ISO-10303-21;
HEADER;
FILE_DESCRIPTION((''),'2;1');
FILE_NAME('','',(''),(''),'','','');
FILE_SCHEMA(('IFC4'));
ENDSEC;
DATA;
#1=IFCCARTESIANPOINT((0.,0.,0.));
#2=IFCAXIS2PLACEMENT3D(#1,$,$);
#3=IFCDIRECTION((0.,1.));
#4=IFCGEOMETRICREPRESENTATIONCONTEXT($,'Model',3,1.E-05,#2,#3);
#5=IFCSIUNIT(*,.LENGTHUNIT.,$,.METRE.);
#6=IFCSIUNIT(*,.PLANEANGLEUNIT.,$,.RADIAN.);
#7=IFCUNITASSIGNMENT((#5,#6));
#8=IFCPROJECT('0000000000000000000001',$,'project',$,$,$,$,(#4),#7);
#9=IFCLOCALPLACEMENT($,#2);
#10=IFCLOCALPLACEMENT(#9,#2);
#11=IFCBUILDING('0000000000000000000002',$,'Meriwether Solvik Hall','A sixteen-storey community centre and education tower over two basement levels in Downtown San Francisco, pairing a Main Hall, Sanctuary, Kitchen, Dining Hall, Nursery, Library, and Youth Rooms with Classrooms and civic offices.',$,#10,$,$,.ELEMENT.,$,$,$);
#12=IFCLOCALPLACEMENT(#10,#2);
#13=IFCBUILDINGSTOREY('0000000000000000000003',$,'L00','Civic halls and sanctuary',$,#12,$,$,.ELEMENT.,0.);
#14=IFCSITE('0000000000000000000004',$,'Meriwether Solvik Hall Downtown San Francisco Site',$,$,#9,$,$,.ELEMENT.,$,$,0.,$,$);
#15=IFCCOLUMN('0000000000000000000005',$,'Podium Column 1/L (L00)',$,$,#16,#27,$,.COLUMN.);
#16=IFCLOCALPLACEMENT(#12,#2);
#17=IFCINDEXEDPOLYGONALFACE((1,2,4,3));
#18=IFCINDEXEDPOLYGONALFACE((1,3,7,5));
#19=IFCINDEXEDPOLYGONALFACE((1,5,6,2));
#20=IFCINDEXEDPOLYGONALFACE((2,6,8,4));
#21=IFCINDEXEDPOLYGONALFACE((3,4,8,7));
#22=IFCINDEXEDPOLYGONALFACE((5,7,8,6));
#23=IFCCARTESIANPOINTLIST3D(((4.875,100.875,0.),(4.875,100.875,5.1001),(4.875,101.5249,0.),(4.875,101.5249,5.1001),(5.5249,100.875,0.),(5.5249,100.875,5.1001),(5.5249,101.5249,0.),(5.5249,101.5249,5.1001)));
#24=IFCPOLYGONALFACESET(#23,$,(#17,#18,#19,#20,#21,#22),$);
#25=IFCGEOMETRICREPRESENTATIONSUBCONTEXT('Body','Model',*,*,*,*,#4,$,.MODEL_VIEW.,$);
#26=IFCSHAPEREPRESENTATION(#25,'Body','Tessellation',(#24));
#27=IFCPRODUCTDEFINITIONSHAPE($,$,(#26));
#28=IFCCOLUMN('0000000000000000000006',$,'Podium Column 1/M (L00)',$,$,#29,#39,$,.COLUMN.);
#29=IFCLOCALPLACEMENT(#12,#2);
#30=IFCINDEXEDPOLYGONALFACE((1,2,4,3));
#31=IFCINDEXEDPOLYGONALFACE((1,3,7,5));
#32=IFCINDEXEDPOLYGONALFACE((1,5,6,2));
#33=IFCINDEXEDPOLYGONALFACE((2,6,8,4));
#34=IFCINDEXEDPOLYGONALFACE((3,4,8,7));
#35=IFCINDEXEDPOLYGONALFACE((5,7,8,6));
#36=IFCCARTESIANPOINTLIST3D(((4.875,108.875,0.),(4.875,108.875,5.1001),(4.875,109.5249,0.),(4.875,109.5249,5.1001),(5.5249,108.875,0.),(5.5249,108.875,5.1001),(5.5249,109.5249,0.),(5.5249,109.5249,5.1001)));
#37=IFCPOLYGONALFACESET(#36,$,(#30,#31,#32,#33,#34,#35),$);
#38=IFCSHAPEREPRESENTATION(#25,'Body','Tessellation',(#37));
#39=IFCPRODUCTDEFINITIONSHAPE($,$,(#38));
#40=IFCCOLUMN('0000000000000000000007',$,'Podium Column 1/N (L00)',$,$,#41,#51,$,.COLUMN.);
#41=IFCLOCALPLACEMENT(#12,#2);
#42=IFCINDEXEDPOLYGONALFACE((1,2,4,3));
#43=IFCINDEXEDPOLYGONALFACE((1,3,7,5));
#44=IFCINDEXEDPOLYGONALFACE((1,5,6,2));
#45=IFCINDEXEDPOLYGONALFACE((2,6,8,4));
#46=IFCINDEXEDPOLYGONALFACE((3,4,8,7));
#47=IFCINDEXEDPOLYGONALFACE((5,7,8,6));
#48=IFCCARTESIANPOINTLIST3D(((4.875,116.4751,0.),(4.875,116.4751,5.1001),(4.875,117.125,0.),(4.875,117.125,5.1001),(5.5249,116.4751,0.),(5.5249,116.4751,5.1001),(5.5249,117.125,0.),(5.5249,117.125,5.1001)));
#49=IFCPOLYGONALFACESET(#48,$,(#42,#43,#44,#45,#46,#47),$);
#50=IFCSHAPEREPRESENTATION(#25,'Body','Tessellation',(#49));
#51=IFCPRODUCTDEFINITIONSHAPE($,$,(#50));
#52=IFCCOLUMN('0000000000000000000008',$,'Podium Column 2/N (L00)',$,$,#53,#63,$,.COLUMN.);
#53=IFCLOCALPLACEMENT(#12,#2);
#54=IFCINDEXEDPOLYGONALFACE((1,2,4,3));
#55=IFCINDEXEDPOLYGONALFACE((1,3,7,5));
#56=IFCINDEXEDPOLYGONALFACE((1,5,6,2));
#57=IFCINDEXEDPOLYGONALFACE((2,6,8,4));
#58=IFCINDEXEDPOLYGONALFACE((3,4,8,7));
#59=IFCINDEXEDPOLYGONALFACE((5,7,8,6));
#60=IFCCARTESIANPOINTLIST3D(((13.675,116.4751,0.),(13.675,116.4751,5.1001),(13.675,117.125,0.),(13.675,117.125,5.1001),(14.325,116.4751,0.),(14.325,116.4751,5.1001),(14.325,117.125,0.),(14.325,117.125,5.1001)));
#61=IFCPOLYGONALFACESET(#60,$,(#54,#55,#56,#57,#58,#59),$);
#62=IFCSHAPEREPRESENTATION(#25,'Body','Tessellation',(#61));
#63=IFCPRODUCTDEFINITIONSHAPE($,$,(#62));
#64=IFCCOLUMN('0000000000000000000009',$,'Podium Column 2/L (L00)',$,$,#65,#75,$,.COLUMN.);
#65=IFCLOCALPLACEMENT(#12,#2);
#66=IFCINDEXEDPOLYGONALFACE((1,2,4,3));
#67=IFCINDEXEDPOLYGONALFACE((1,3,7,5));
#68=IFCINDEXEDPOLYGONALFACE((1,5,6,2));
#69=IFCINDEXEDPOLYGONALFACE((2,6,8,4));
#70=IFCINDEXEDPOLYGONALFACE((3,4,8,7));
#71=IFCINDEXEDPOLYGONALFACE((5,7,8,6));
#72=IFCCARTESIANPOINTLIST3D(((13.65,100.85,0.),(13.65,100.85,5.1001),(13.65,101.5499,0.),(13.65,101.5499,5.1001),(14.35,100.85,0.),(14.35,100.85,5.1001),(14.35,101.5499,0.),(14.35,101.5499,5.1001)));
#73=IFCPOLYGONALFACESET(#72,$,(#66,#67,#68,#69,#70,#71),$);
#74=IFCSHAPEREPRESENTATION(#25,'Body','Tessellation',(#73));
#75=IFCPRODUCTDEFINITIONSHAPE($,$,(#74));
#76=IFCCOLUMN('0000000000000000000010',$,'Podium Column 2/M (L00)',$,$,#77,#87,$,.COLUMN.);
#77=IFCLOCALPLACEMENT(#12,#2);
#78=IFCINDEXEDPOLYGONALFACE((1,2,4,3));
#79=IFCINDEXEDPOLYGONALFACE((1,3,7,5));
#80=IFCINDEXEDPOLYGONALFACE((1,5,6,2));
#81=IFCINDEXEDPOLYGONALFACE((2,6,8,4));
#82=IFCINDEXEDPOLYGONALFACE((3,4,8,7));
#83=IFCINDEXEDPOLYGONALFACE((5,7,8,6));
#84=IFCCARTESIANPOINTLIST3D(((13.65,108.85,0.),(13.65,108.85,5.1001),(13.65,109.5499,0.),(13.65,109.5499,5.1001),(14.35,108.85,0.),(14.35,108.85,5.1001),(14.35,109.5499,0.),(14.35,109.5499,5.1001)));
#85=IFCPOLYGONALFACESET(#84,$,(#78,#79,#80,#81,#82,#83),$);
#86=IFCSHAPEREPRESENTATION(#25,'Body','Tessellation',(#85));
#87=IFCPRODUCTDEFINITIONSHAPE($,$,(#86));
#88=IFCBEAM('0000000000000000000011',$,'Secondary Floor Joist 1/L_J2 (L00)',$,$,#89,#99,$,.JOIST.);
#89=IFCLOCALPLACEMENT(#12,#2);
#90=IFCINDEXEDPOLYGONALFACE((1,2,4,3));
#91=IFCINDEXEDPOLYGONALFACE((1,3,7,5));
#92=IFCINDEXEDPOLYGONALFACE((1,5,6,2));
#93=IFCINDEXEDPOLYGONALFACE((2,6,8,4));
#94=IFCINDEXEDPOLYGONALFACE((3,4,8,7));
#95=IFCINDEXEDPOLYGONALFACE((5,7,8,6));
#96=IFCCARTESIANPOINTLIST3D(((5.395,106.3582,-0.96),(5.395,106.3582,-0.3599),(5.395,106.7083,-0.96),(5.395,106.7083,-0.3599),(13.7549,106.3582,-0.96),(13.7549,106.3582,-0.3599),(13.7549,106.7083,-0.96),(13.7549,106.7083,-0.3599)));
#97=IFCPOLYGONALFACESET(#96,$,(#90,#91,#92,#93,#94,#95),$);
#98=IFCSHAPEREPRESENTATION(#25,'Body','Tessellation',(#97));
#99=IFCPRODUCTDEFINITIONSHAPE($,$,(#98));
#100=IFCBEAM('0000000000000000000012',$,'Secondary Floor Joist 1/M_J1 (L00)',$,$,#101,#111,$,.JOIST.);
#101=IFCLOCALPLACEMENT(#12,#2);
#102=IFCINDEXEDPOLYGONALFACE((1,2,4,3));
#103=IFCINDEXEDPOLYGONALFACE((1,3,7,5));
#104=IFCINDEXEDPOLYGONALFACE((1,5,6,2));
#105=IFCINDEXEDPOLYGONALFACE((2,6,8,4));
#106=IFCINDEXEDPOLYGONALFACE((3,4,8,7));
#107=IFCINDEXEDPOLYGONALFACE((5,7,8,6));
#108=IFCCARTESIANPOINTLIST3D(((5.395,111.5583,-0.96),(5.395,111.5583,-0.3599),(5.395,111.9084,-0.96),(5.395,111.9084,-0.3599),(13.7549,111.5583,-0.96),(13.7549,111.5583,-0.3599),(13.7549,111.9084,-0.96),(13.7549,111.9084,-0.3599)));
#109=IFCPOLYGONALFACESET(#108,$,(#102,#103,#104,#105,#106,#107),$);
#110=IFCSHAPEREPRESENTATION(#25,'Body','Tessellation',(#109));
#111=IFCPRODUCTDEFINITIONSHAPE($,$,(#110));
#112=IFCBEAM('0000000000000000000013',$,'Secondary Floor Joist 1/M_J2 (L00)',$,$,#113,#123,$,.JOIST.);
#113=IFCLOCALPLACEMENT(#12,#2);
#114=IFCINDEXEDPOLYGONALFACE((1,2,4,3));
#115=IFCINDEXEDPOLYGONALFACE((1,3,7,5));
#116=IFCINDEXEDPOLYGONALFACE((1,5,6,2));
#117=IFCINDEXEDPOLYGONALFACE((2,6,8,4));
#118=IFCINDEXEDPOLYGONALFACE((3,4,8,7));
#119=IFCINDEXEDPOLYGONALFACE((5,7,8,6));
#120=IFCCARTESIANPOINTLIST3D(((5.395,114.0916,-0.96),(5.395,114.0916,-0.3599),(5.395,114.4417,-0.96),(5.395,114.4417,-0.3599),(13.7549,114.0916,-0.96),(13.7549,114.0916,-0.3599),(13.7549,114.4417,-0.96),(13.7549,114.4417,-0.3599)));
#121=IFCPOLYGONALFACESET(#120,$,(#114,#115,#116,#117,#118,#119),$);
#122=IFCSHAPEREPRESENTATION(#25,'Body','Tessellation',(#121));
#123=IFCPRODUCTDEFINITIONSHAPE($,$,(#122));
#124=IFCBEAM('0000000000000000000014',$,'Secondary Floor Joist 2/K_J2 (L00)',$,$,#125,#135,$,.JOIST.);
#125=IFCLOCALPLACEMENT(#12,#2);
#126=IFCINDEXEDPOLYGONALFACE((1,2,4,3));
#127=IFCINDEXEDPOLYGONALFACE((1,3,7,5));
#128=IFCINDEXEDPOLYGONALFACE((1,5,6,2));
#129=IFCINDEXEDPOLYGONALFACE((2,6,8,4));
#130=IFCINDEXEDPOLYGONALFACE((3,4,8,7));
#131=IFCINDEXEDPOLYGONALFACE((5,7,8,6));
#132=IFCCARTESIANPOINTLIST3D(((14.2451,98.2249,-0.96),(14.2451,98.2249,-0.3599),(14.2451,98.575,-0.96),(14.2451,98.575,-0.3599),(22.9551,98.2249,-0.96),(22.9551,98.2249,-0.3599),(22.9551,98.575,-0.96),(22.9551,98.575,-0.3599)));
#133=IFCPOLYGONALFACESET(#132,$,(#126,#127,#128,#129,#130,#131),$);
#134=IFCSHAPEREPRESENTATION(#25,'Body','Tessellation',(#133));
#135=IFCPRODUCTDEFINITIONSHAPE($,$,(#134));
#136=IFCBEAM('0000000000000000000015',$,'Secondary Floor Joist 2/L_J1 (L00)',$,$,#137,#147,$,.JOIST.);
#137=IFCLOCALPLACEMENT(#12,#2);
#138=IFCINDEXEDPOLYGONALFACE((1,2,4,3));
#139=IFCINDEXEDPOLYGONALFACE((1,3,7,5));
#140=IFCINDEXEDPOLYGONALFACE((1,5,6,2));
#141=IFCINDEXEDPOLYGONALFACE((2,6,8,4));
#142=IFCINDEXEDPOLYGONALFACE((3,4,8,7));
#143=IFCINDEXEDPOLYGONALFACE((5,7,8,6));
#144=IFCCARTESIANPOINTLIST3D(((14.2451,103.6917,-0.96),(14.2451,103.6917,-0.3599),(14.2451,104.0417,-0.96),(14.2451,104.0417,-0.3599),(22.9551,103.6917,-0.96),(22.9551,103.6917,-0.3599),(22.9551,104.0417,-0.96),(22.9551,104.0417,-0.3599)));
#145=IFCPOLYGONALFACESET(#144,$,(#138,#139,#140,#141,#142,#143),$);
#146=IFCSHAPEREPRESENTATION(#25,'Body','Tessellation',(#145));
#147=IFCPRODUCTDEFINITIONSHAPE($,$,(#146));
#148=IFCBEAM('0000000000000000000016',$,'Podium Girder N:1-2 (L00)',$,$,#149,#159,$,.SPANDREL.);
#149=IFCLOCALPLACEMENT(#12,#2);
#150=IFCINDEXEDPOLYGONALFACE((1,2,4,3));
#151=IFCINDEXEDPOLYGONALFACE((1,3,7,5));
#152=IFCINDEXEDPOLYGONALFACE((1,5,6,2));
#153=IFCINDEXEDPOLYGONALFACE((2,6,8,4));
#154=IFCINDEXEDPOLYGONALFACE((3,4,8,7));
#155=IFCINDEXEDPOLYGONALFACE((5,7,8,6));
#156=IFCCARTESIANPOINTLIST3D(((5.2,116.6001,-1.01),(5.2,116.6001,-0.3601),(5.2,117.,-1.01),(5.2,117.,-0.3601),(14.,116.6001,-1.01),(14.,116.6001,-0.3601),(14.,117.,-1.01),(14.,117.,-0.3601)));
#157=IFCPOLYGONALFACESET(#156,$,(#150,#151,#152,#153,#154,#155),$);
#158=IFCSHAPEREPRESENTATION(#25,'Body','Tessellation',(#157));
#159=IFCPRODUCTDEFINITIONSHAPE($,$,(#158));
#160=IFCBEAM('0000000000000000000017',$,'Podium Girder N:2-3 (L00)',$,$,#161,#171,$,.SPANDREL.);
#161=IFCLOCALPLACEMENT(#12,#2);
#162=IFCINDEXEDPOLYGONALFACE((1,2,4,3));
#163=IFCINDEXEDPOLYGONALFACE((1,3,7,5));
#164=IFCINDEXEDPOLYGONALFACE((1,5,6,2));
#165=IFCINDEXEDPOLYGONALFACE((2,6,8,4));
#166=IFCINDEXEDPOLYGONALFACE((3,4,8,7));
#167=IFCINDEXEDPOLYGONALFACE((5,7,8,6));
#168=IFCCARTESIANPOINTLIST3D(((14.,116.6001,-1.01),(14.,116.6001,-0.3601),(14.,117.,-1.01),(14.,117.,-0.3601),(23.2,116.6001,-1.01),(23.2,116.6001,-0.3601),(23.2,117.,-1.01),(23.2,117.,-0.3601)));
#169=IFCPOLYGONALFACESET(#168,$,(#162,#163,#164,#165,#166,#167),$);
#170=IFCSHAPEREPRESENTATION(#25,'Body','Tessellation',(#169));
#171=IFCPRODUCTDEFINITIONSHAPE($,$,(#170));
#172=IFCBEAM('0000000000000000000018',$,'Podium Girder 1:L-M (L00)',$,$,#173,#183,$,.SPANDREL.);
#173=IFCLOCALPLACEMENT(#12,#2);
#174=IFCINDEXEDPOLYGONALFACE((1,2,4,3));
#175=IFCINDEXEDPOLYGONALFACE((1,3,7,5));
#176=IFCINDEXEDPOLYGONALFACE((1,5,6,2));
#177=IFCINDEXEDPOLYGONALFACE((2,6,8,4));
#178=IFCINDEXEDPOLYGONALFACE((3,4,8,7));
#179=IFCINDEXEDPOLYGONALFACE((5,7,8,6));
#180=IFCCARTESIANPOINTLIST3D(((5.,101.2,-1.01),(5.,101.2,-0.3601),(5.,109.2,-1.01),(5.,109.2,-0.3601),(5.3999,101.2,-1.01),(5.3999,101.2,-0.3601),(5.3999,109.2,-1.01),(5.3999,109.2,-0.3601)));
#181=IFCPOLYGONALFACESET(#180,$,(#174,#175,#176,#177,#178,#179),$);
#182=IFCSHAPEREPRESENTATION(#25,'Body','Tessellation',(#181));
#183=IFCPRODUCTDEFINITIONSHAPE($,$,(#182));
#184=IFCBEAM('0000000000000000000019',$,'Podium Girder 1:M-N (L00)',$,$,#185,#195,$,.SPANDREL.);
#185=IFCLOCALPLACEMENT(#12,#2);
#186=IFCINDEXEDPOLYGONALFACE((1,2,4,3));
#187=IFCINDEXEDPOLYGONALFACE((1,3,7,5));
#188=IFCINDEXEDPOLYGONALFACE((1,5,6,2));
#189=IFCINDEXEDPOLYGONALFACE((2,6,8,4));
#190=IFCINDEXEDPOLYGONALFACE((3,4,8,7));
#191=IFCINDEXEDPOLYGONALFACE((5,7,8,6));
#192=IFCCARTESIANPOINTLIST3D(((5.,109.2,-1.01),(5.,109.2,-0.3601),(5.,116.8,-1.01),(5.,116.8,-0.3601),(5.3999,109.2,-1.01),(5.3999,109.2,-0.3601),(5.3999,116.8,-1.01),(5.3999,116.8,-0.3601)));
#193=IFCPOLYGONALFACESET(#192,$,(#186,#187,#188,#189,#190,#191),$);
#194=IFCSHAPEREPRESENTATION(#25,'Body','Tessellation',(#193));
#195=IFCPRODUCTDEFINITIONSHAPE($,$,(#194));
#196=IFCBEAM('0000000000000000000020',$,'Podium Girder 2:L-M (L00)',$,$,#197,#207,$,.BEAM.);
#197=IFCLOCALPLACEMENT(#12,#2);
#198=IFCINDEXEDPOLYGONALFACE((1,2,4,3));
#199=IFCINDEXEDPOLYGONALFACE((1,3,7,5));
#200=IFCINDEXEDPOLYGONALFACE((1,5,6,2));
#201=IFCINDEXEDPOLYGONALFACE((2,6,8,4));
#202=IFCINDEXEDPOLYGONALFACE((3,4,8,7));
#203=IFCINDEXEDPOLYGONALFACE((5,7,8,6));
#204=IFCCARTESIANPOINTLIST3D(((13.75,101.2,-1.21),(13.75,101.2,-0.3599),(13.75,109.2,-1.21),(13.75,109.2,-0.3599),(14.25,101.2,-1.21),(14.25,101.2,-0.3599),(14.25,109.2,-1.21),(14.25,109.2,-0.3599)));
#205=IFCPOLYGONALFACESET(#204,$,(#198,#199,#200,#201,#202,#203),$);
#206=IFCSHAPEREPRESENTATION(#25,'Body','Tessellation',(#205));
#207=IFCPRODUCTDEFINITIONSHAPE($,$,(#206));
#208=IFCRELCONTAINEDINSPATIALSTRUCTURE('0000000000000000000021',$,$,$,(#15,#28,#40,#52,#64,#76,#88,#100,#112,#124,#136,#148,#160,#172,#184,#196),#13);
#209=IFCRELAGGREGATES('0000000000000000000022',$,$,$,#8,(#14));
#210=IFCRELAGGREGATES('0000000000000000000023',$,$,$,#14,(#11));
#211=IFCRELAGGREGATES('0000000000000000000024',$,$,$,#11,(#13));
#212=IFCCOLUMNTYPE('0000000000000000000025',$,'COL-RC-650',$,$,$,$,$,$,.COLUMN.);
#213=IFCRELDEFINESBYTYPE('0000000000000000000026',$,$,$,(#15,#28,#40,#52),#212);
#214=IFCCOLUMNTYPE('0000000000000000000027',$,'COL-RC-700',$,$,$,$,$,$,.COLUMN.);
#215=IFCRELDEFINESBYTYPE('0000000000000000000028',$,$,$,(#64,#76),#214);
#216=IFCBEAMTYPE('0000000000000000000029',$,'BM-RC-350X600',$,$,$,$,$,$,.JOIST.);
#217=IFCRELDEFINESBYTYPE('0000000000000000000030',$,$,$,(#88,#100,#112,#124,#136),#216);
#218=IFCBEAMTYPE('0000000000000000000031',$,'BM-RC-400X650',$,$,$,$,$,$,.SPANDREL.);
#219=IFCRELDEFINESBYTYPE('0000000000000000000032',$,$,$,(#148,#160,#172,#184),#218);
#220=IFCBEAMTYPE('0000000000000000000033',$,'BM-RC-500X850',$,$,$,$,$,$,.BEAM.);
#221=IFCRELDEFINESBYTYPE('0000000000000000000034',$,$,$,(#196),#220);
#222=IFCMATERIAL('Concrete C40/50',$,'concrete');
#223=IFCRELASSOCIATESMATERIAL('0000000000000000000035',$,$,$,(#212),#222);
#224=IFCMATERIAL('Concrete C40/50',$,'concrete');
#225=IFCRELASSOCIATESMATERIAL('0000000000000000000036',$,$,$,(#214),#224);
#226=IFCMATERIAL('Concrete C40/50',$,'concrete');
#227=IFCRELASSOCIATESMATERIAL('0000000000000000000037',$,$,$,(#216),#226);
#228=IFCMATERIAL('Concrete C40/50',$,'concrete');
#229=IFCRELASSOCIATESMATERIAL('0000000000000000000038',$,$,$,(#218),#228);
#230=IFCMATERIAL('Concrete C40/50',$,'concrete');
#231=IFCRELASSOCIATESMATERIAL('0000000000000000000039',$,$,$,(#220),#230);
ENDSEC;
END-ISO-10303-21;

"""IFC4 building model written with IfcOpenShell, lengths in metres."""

from ifc_helpers import new_model, si_unit, direction, frame, origin, origin_2d, place, context, subcontext, project, spatial, rectangle, extrude, material, material_profile, profile_set, type_object, element, save


model = new_model("IFC4")

# Units and contexts
model_context = context("Model", 3, precision=1e-05, world=origin(), true_north=direction((0.0, 1.0)))
body_context = subcontext(model_context, "Body", "Model", "MODEL_VIEW")
ifc_project = project(units=[si_unit("LENGTHUNIT", "METRE"), si_unit("PLANEANGLEUNIT", "RADIAN")], contexts=[model_context])

# Site, building, storey
site_placement = place(None, origin())
site = spatial("IfcSite", under=ifc_project, at=site_placement, Name="Meriwether Solvik Hall Downtown San Francisco Site", CompositionType="ELEMENT", RefElevation=0.0)
building_placement = place(site_placement, origin())
building = spatial("IfcBuilding", under=site, at=building_placement, Name="Meriwether Solvik Hall", Description="A sixteen-storey community centre and education tower over two basement levels in Downtown San Francisco, pairing a Main Hall, Sanctuary, Kitchen, Dining Hall, Nursery, Library, and Youth Rooms with Classrooms and civic offices.", CompositionType="ELEMENT")
storey_placement = place(building_placement, origin())
storey = spatial("IfcBuildingStorey", under=building, at=storey_placement, Name="L00", Description="Civic halls and sanctuary", CompositionType="ELEMENT", Elevation=0.0)

# Columns
ifc_material_1 = material(Name="Concrete C40/50", Category="concrete")
ifc_material_profile_1 = material_profile(ifc_material_1, rectangle(XDim=0.6499, YDim=0.6499, at=origin_2d()), Name="RCC-650X650")
ifc_profile_set_1 = profile_set([ifc_material_profile_1], Name="Concrete C40/50")
column_type_1 = type_object("IfcColumnType", Name="COL-RC-650", PredefinedType="COLUMN", material=ifc_profile_set_1)
for number, where, z_axis, x_axis, name in (
    (1, (5.2, 101.2, 0.0), (0.0, 0.0, 1.0), (1.0, 0.0, 0.0), "Podium Column 1/L (L00)"),
    (2, (5.2, 109.2, 0.0), (0.0, 0.0, 1.0), (1.0, 0.0, 0.0), "Podium Column 1/M (L00)"),
    (3, (5.2, 116.8, 0.0), (0.0, 0.0, 1.0), (1.0, 0.0, 0.0), "Podium Column 1/N (L00)"),
    (4, (14.0, 116.8, 0.0), (0.0, 0.0, 1.0), (1.0, 0.0, 0.0), "Podium Column 2/N (L00)"),
):
    element("IfcColumn", number, at=place(storey_placement, frame(where, z_axis=z_axis, x_axis=x_axis)), inside=storey, type_object=column_type_1, Name=name, PredefinedType="COLUMN", context=body_context, shape_type="SweptSolid", body=[
        extrude(rectangle(XDim=0.6499, YDim=0.6499, at=origin_2d()), origin(), (0.0, 0.0, 1.0), 5.1001),
    ])
ifc_material_2 = material(Name="Concrete C40/50", Category="concrete")
ifc_material_profile_2 = material_profile(ifc_material_2, rectangle(XDim=0.7, YDim=0.7, at=origin_2d()), Name="RCC-700X700")
ifc_profile_set_2 = profile_set([ifc_material_profile_2], Name="Concrete C40/50")
column_type_2 = type_object("IfcColumnType", Name="COL-RC-700", PredefinedType="COLUMN", material=ifc_profile_set_2)
for number, where, z_axis, x_axis, name in (
    (5, (14.0, 101.2, 0.0), (0.0, 0.0, 1.0), (1.0, 0.0, 0.0), "Podium Column 2/L (L00)"),
    (6, (14.0, 109.2, 0.0), (0.0, 0.0, 1.0), (1.0, 0.0, 0.0), "Podium Column 2/M (L00)"),
):
    element("IfcColumn", number, at=place(storey_placement, frame(where, z_axis=z_axis, x_axis=x_axis)), inside=storey, type_object=column_type_2, Name=name, PredefinedType="COLUMN", context=body_context, shape_type="SweptSolid", body=[
        extrude(rectangle(XDim=0.7, YDim=0.7, at=origin_2d()), origin(), (0.0, 0.0, 1.0), 5.1001),
    ])

# Beams
ifc_material_3 = material(Name="Concrete C40/50", Category="concrete")
ifc_material_profile_3 = material_profile(ifc_material_3, rectangle(XDim=0.3501, YDim=0.6001, at=origin_2d()), Name="RCB-350X600")
ifc_profile_set_3 = profile_set([ifc_material_profile_3], Name="Concrete C40/50")
beam_type_1 = type_object("IfcBeamType", Name="BM-RC-350X600", PredefinedType="JOIST", material=ifc_profile_set_3)
for number, where, z_axis, x_axis, name in (
    (7, (5.395, 106.5332, -0.6599), (1.0, 0.0, 0.0), (0.0, 1.0, 0.0), "Secondary Floor Joist 1/L_J2 (L00)"),
    (8, (5.395, 111.7334, -0.6599), (1.0, 0.0, 0.0), (0.0, 1.0, 0.0), "Secondary Floor Joist 1/M_J1 (L00)"),
    (9, (5.395, 114.2666, -0.6599), (1.0, 0.0, 0.0), (0.0, 1.0, 0.0), "Secondary Floor Joist 1/M_J2 (L00)"),
):
    element("IfcBeam", number, at=place(storey_placement, frame(where, z_axis=z_axis, x_axis=x_axis)), inside=storey, type_object=beam_type_1, Name=name, PredefinedType="JOIST", context=body_context, shape_type="SweptSolid", body=[
        extrude(rectangle(XDim=0.3501, YDim=0.6001, at=origin_2d()), origin(), (0.0, 0.0, 1.0), 8.3599),
    ])
for number, where, z_axis, x_axis, name in (
    (10, (14.2451, 98.3999, -0.6599), (1.0, 0.0, 0.0), (0.0, 1.0, 0.0), "Secondary Floor Joist 2/K_J2 (L00)"),
    (11, (14.2451, 103.8667, -0.6599), (1.0, 0.0, 0.0), (0.0, 1.0, 0.0), "Secondary Floor Joist 2/L_J1 (L00)"),
):
    element("IfcBeam", number, at=place(storey_placement, frame(where, z_axis=z_axis, x_axis=x_axis)), inside=storey, type_object=beam_type_1, Name=name, PredefinedType="JOIST", context=body_context, shape_type="SweptSolid", body=[
        extrude(rectangle(XDim=0.3501, YDim=0.6001, at=origin_2d()), origin(), (0.0, 0.0, 1.0), 8.71),
    ])
ifc_material_4 = material(Name="Concrete C40/50", Category="concrete")
ifc_material_profile_4 = material_profile(ifc_material_4, rectangle(XDim=0.3999, YDim=0.6499, at=origin_2d()), Name="RCB-400X650")
ifc_profile_set_4 = profile_set([ifc_material_profile_4], Name="Concrete C40/50")
beam_type_2 = type_object("IfcBeamType", Name="BM-RC-400X650", PredefinedType="SPANDREL", material=ifc_profile_set_4)
beam_1_placement = place(storey_placement, frame((5.2, 116.8, -0.6851), z_axis=(1.0, 0.0, 0.0), x_axis=(0.0, 1.0, 0.0)))
element("IfcBeam", 12, at=beam_1_placement, inside=storey, type_object=beam_type_2, Name="Podium Girder N:1-2 (L00)", PredefinedType="SPANDREL", context=body_context, shape_type="SweptSolid", body=[
    extrude(rectangle(XDim=0.3999, YDim=0.6499, at=origin_2d()), origin(), (0.0, 0.0, 1.0), 8.8),
])
beam_2_placement = place(storey_placement, frame((14.0, 116.8, -0.6851), z_axis=(1.0, 0.0, 0.0), x_axis=(0.0, 1.0, 0.0)))
element("IfcBeam", 13, at=beam_2_placement, inside=storey, type_object=beam_type_2, Name="Podium Girder N:2-3 (L00)", PredefinedType="SPANDREL", context=body_context, shape_type="SweptSolid", body=[
    extrude(rectangle(XDim=0.3999, YDim=0.6499, at=origin_2d()), origin(), (0.0, 0.0, 1.0), 9.2),
])
beam_3_placement = place(storey_placement, frame((5.2, 101.2, -0.6851), z_axis=(0.0, 1.0, 0.0), x_axis=(-1.0, 0.0, 0.0)))
element("IfcBeam", 14, at=beam_3_placement, inside=storey, type_object=beam_type_2, Name="Podium Girder 1:L-M (L00)", PredefinedType="SPANDREL", context=body_context, shape_type="SweptSolid", body=[
    extrude(rectangle(XDim=0.3999, YDim=0.6499, at=origin_2d()), origin(), (0.0, 0.0, 1.0), 8.0),
])
beam_4_placement = place(storey_placement, frame((5.2, 109.2, -0.6851), z_axis=(0.0, 1.0, 0.0), x_axis=(-1.0, 0.0, 0.0)))
element("IfcBeam", 15, at=beam_4_placement, inside=storey, type_object=beam_type_2, Name="Podium Girder 1:M-N (L00)", PredefinedType="SPANDREL", context=body_context, shape_type="SweptSolid", body=[
    extrude(rectangle(XDim=0.3999, YDim=0.6499, at=origin_2d()), origin(), (0.0, 0.0, 1.0), 7.6001),
])
ifc_material_5 = material(Name="Concrete C40/50", Category="concrete")
ifc_material_profile_5 = material_profile(ifc_material_5, rectangle(XDim=0.5, YDim=0.8501, at=origin_2d()), Name="RCB-500X850")
ifc_profile_set_5 = profile_set([ifc_material_profile_5], Name="Concrete C40/50")
beam_type_3 = type_object("IfcBeamType", Name="BM-RC-500X850", PredefinedType="BEAM", material=ifc_profile_set_5)
beam_5_placement = place(storey_placement, frame((14.0, 101.2, -0.7849), z_axis=(0.0, 1.0, 0.0), x_axis=(-1.0, 0.0, 0.0)))
element("IfcBeam", 16, at=beam_5_placement, inside=storey, type_object=beam_type_3, Name="Podium Girder 2:L-M (L00)", PredefinedType="BEAM", context=body_context, shape_type="SweptSolid", body=[
    extrude(rectangle(XDim=0.5, YDim=0.8501, at=origin_2d()), origin(), (0.0, 0.0, 1.0), 8.0),
])

save(model, "model.ifc")
